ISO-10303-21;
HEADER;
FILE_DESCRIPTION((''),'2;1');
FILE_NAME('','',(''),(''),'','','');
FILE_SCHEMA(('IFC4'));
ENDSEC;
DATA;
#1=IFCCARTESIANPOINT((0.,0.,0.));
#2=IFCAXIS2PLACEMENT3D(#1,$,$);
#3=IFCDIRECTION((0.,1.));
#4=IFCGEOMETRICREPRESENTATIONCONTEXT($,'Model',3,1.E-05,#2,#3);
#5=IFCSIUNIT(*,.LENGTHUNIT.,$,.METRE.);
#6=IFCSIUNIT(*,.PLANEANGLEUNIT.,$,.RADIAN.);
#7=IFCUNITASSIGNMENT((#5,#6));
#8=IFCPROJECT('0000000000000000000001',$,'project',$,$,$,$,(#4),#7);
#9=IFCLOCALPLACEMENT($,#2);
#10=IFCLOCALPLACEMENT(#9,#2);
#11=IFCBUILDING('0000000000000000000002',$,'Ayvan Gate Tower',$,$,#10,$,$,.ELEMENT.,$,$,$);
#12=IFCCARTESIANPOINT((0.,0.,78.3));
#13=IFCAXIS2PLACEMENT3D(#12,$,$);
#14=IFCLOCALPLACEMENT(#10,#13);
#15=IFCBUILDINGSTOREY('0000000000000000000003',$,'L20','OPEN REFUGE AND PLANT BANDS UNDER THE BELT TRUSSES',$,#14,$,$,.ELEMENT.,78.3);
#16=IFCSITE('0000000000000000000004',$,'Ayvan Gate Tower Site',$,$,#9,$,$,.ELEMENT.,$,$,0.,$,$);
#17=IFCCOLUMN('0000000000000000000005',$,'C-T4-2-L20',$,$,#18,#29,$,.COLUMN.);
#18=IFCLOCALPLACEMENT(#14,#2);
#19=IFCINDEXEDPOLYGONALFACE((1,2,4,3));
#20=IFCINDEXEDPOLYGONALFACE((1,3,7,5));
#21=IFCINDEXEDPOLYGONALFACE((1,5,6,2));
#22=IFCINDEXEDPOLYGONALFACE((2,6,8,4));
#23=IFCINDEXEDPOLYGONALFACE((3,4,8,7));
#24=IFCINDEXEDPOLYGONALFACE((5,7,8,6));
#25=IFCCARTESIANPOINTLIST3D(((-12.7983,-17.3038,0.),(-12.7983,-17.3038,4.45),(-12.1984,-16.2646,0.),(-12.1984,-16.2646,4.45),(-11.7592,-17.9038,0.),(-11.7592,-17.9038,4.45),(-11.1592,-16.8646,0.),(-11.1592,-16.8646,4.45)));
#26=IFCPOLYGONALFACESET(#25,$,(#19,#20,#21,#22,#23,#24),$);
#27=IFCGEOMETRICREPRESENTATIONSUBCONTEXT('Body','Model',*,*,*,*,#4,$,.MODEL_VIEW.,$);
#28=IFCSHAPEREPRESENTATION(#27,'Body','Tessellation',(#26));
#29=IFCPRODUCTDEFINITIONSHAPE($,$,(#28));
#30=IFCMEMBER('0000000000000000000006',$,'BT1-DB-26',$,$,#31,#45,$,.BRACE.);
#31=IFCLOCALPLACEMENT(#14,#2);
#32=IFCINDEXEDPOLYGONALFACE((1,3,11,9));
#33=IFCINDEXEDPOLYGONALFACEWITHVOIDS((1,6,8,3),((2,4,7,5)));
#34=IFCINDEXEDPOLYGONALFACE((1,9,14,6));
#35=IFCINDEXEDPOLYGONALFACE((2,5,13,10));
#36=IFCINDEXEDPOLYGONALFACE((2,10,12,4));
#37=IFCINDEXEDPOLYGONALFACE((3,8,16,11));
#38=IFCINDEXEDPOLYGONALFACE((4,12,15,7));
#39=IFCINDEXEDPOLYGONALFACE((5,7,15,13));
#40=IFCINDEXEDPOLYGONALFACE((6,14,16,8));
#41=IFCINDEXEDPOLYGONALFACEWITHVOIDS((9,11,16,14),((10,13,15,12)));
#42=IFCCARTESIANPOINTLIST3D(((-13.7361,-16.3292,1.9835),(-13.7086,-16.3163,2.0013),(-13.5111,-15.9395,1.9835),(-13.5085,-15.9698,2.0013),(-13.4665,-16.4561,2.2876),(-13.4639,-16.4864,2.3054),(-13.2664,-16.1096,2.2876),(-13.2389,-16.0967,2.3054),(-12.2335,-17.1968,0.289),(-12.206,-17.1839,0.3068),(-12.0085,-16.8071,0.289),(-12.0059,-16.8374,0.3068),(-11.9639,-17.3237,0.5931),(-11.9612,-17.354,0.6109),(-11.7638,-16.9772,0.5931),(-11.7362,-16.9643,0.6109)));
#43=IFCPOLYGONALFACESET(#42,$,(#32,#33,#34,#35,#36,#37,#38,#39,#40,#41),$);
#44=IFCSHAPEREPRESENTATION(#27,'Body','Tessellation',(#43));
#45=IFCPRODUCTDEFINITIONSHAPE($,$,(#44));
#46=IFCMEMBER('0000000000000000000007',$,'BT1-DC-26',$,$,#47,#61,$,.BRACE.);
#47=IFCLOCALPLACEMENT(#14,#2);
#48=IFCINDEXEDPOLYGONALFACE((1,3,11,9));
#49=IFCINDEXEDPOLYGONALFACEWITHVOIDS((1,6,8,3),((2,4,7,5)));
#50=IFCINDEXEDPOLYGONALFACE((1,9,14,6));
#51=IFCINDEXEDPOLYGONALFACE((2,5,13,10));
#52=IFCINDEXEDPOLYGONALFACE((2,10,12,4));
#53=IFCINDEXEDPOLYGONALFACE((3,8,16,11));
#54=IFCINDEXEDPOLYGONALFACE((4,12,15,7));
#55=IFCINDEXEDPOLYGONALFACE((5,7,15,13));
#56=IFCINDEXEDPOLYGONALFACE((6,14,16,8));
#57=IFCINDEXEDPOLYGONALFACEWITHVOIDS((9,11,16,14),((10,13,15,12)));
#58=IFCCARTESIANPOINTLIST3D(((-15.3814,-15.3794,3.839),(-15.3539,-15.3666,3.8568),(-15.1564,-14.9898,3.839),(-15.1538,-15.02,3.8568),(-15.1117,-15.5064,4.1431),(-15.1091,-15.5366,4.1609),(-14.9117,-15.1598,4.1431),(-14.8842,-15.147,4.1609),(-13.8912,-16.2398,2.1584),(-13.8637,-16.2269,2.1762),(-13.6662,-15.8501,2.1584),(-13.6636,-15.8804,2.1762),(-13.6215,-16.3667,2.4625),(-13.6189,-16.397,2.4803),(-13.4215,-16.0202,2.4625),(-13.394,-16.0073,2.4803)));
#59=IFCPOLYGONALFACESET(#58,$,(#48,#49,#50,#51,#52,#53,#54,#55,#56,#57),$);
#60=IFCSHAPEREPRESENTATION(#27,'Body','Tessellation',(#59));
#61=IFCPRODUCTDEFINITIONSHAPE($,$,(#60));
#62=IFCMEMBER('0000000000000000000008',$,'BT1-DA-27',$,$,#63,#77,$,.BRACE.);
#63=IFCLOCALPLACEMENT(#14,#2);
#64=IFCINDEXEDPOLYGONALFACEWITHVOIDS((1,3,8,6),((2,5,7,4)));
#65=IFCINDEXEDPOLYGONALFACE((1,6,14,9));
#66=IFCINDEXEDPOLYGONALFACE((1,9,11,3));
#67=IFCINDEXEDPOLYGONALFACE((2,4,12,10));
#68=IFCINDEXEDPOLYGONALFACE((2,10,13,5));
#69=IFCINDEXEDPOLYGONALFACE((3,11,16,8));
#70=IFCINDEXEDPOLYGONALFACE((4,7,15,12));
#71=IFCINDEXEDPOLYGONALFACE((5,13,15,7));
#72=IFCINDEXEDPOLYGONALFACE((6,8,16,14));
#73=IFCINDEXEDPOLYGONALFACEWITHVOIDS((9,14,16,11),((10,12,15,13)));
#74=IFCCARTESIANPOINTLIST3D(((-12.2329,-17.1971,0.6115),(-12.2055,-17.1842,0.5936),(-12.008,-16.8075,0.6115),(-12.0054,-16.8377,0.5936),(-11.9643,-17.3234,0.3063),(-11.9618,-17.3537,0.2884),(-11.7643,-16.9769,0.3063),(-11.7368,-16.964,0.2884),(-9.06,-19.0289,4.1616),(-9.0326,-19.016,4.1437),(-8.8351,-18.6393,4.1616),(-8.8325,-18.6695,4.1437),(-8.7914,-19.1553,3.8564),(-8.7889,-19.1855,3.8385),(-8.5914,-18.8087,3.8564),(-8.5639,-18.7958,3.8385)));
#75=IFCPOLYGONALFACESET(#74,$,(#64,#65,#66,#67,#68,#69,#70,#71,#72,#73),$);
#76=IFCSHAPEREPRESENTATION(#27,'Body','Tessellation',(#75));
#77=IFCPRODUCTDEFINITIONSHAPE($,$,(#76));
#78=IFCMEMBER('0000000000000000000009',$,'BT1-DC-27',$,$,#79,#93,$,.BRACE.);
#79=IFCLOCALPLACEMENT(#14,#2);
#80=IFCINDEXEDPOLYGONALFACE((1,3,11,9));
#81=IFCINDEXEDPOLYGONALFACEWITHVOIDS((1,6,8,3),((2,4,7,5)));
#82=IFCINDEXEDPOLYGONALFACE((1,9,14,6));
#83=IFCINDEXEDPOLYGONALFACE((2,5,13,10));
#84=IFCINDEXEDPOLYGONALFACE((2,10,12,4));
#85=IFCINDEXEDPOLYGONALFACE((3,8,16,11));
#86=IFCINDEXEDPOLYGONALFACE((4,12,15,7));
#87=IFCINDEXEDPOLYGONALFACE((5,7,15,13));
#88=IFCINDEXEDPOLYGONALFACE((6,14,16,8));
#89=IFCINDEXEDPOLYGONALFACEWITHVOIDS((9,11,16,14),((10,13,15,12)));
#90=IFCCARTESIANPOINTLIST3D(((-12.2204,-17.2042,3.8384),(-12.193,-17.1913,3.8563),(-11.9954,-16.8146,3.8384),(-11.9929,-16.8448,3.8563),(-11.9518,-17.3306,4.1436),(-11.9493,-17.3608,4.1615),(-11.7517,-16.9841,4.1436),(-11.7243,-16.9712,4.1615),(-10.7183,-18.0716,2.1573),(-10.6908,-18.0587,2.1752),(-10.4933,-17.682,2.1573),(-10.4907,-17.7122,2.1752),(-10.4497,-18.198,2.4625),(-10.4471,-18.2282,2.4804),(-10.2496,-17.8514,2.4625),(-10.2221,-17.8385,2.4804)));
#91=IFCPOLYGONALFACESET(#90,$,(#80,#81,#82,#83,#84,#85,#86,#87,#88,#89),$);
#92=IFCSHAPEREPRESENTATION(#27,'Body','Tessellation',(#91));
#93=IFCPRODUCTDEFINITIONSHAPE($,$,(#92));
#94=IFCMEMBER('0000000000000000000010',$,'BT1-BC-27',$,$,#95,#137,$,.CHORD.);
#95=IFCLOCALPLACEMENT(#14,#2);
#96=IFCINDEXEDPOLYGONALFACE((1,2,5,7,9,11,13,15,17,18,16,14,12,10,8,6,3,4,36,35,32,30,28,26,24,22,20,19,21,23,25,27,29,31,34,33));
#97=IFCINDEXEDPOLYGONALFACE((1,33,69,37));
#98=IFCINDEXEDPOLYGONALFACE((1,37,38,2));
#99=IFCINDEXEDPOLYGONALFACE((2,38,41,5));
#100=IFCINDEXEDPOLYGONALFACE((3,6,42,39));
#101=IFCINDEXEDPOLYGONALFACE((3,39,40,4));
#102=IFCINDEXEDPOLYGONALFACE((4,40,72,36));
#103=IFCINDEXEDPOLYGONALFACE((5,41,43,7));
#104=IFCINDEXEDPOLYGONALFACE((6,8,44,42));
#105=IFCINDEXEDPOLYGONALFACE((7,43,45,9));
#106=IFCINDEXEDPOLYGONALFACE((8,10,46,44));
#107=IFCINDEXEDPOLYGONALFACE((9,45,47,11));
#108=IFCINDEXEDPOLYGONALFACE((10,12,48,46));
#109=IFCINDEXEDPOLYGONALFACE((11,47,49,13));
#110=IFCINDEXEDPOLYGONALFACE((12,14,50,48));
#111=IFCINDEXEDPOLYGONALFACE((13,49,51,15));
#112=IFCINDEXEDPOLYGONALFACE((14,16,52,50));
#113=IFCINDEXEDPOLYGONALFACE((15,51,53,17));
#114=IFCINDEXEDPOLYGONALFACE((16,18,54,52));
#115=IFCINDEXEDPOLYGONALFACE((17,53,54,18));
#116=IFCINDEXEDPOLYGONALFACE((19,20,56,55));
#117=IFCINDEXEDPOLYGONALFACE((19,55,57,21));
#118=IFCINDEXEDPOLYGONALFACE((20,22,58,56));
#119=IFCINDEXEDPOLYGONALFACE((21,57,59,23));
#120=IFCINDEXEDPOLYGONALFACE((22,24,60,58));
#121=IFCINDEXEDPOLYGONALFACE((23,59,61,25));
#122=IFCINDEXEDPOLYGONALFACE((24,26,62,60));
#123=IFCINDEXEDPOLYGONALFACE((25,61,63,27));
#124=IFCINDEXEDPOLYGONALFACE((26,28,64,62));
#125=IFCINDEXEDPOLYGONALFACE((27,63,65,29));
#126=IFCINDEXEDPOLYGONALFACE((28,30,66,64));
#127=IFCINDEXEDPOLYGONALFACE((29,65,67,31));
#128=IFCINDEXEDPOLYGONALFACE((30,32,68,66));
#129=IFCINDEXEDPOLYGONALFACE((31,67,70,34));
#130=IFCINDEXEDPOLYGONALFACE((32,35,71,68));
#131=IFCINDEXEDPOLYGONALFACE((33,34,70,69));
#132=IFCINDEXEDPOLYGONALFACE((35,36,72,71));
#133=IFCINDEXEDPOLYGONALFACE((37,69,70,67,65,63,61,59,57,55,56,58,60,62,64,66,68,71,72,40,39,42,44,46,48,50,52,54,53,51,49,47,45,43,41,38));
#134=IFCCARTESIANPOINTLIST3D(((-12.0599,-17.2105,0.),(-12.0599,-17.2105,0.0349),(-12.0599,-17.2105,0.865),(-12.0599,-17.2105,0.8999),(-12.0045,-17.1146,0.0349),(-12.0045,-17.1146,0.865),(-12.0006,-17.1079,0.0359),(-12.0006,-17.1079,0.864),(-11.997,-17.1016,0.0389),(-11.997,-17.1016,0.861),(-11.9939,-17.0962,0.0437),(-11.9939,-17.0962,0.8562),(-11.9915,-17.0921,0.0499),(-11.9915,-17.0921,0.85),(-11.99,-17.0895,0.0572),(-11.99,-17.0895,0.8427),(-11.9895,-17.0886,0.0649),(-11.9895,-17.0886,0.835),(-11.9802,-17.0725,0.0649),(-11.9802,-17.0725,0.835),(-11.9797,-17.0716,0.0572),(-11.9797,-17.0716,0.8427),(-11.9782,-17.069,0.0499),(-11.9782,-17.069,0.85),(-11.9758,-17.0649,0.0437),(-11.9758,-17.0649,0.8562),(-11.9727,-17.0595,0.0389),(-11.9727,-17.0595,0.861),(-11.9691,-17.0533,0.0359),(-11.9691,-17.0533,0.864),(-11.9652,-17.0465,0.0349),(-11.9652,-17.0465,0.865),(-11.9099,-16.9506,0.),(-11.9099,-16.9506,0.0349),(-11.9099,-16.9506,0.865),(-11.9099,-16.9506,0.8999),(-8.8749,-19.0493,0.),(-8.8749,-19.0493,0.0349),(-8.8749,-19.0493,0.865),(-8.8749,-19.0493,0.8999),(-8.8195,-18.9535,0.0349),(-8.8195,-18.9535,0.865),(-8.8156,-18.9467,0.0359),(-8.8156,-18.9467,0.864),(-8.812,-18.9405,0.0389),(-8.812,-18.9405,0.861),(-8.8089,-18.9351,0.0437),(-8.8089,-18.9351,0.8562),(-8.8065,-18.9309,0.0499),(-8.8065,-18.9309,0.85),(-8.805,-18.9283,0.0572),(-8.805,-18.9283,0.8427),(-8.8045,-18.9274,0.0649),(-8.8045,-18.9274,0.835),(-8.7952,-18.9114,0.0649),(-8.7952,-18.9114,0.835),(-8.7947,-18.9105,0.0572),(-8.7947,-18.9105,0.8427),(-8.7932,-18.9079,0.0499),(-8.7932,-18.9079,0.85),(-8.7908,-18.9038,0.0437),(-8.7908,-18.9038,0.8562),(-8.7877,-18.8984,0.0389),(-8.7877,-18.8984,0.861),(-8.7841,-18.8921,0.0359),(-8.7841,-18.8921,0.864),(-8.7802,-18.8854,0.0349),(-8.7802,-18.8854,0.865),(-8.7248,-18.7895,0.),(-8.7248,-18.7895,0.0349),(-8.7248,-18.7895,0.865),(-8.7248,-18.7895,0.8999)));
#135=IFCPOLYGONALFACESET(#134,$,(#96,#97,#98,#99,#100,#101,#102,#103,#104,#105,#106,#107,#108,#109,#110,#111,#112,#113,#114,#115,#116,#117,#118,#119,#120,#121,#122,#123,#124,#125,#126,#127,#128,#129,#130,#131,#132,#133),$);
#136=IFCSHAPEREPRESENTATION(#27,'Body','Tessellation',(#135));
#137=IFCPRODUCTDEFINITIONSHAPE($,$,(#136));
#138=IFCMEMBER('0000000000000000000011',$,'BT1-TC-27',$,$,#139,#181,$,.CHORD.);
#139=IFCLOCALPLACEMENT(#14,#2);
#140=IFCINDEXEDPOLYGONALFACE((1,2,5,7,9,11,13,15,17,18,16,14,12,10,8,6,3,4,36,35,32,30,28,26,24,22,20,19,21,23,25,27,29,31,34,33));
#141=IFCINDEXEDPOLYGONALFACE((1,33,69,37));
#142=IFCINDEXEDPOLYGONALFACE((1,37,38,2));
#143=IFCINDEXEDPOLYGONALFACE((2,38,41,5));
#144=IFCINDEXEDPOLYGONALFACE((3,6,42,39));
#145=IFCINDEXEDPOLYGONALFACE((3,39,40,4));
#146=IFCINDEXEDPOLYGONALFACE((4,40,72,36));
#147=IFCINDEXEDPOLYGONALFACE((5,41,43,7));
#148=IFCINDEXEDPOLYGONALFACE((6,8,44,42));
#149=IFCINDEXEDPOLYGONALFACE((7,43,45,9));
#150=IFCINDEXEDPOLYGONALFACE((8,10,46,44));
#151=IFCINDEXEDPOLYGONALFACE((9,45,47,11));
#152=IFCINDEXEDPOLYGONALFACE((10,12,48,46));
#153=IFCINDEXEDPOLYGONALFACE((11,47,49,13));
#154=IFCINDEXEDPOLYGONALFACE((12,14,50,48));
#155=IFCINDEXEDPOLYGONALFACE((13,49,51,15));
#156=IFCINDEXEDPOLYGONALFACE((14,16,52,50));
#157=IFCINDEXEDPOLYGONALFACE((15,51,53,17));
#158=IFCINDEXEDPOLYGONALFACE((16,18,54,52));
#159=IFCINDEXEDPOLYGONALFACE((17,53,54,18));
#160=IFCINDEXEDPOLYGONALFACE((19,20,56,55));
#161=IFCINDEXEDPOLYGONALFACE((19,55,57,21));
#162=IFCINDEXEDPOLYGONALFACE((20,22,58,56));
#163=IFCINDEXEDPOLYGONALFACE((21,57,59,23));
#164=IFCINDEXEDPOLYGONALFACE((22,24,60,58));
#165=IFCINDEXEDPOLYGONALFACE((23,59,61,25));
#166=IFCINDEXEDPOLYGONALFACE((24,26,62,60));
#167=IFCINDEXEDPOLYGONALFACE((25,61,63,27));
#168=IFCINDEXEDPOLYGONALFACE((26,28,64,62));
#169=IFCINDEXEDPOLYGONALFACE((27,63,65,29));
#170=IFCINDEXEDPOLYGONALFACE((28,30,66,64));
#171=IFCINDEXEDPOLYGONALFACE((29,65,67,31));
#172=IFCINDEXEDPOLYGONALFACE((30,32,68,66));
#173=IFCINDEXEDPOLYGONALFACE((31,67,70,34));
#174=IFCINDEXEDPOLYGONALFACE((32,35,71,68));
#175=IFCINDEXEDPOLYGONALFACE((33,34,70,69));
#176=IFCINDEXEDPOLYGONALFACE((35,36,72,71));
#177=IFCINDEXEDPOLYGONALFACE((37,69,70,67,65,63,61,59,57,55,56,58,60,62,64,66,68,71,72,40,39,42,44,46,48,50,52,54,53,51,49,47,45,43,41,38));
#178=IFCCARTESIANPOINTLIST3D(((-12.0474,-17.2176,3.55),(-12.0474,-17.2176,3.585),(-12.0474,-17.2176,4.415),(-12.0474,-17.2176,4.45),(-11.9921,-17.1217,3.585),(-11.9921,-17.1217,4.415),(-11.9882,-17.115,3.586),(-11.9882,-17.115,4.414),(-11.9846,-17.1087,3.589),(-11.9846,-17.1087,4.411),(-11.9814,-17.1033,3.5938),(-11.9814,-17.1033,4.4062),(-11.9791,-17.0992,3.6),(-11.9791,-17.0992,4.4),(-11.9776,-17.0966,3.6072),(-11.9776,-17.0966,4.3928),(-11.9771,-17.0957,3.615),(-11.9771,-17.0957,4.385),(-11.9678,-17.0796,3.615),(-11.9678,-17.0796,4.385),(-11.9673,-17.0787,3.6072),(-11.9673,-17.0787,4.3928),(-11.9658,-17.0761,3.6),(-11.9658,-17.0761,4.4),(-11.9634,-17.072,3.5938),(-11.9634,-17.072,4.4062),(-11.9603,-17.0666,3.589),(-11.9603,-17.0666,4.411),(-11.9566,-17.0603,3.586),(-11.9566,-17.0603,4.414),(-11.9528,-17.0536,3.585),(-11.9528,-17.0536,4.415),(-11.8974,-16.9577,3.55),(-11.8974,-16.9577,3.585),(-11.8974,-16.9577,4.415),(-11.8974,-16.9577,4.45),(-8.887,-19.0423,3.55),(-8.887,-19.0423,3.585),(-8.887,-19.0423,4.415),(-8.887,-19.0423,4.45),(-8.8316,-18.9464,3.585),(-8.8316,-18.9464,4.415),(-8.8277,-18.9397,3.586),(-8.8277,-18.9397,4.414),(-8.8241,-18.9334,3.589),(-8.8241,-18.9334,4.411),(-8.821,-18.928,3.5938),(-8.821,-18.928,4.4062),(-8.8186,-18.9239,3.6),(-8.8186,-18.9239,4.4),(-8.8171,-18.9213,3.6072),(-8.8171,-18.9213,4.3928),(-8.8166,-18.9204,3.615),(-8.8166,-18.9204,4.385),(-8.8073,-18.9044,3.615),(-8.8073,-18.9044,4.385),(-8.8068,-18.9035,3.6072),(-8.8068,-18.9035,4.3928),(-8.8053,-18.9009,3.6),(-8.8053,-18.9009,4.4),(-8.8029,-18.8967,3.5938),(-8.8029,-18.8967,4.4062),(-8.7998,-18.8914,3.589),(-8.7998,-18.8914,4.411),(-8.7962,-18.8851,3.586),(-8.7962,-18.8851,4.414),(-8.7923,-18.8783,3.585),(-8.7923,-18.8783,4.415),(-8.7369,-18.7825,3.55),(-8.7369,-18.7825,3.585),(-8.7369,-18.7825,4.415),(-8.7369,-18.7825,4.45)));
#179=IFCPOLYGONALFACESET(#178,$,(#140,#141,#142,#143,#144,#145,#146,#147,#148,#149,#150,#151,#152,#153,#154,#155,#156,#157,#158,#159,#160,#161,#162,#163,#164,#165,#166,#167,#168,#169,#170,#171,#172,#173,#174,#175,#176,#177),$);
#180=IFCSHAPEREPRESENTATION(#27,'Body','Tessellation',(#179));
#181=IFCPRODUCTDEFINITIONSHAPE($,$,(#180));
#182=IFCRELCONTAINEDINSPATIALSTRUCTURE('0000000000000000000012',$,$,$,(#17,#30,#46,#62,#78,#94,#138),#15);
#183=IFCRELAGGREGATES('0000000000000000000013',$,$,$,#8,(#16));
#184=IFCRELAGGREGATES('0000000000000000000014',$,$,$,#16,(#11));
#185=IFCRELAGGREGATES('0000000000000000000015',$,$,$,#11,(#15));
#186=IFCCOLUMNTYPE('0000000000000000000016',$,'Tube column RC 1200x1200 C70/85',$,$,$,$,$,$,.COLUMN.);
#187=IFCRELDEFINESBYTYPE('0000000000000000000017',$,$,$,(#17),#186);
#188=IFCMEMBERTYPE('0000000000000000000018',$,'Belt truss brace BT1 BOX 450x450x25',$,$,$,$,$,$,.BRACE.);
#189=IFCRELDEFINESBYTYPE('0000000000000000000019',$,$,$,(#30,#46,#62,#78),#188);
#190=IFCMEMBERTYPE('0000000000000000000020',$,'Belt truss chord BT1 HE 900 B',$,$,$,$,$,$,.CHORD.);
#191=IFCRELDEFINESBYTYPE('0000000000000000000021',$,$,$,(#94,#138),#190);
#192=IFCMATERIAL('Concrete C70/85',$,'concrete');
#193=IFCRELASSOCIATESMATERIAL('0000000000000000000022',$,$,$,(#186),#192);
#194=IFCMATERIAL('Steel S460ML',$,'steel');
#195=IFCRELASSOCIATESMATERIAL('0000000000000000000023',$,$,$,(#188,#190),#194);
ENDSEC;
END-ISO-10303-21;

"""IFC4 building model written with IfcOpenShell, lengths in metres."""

from ifc_helpers import new_model, si_unit, direction, frame, origin, origin_2d, place, context, subcontext, project, spatial, rectangle, hollow_rectangle, i_section, extrude, material, material_profile, profile_set, type_object, element, save


model = new_model("IFC4")

# Units and contexts
model_context = context("Model", 3, precision=1e-05, world=origin(), true_north=direction((0.0, 1.0)))
body_context = subcontext(model_context, "Body", "Model", "MODEL_VIEW")
ifc_project = project(units=[si_unit("LENGTHUNIT", "METRE"), si_unit("PLANEANGLEUNIT", "RADIAN")], contexts=[model_context])

# Site, building, storey
site_placement = place(None, origin())
site = spatial("IfcSite", under=ifc_project, at=site_placement, Name="Ayvan Gate Tower Site", CompositionType="ELEMENT", RefElevation=0.0)
building_placement = place(site_placement, origin())
building = spatial("IfcBuilding", under=site, at=building_placement, Name="Ayvan Gate Tower", CompositionType="ELEMENT")
storey_placement = place(building_placement, frame((0.0, 0.0, 78.3)))
storey = spatial("IfcBuildingStorey", under=building, at=storey_placement, Name="L20", Description="OPEN REFUGE AND PLANT BANDS UNDER THE BELT TRUSSES", CompositionType="ELEMENT", Elevation=78.3)

# Column
ifc_material_1 = material(Name="Concrete C70/85", Category="concrete")
ifc_material_profile_1 = material_profile(ifc_material_1, rectangle(XDim=1.2, YDim=1.2, at=origin_2d()), Name="RC 1200x1200")
ifc_profile_set_1 = profile_set([ifc_material_profile_1], Name="Concrete C70/85")
column_type = type_object("IfcColumnType", Name="Tube column RC 1200x1200 C70/85", PredefinedType="COLUMN", material=ifc_profile_set_1)
column_placement = place(storey_placement, frame((-11.9788, -17.0842, 0.0), z_axis=(0.0, 0.0, 1.0), x_axis=(-0.5, -0.866025, 0.0)))
element("IfcColumn", 1, at=column_placement, inside=storey, type_object=column_type, Name="C-T4-2-L20", PredefinedType="COLUMN", context=body_context, shape_type="SweptSolid", body=[
    extrude(rectangle(XDim=1.2, YDim=1.2, at=origin_2d()), origin(), (0.0, 0.0, 1.0), 4.45),
])

# Members
ifc_material_2 = material(Name="Steel S460ML", Category="steel")
ifc_material_profile_2 = material_profile(ifc_material_2, hollow_rectangle(XDim=0.45, YDim=0.45, WallThickness=0.0249, at=origin_2d()), Name="BOX 450x450x25")
ifc_profile_set_2 = profile_set([ifc_material_profile_2], Name="Steel S460ML")
member_type_1 = type_object("IfcMemberType", Name="Belt truss brace BT1 BOX 450x450x25", PredefinedType="BRACE", material=ifc_profile_set_2)
member_1_placement = place(storey_placement, frame((-11.9849, -17.0806, 0.45), z_axis=(-0.619564, 0.357747, 0.698683), x_axis=(-0.500043, -0.866, 0.0)))
element("IfcMember", 2, at=member_1_placement, inside=storey, type_object=member_type_1, Name="BT1-DB-26", PredefinedType="BRACE", context=body_context, shape_type="SweptSolid", body=[
    extrude(hollow_rectangle(XDim=0.45, YDim=0.45, WallThickness=0.0249, at=origin_2d()), origin(), (0.0, 0.0, 1.0), 2.4253),
])
member_2_placement = place(storey_placement, frame((-13.6426, -16.1235, 2.3193), z_axis=(-0.619554, 0.357685, 0.698724), x_axis=(-0.499984, -0.866034, 0.0)))
element("IfcMember", 3, at=member_2_placement, inside=storey, type_object=member_type_1, Name="BT1-DC-26", PredefinedType="BRACE", context=body_context, shape_type="SweptSolid", body=[
    extrude(hollow_rectangle(XDim=0.45, YDim=0.45, WallThickness=0.0249, at=origin_2d()), origin(), (0.0, 0.0, 1.0), 2.4053),
])
member_3_placement = place(storey_placement, frame((-11.9849, -17.0806, 0.45), z_axis=(0.621945, -0.359069, 0.695884), x_axis=(0.499988, 0.866032, 0.0)))
element("IfcMember", 4, at=member_3_placement, inside=storey, type_object=member_type_1, Name="BT1-DA-27", PredefinedType="BRACE", context=body_context, shape_type="SweptSolid", body=[
    extrude(hollow_rectangle(XDim=0.45, YDim=0.45, WallThickness=0.0249, at=origin_2d()), origin(), (0.0, 0.0, 1.0), 5.1016),
])
member_4_placement = place(storey_placement, frame((-10.4702, -17.9551, 2.3188), z_axis=(-0.621864, 0.35909, 0.695945), x_axis=(-0.50006, -0.865991, 0.0)))
element("IfcMember", 5, at=member_4_placement, inside=storey, type_object=member_type_1, Name="BT1-DC-27", PredefinedType="BRACE", context=body_context, shape_type="SweptSolid", body=[
    extrude(hollow_rectangle(XDim=0.45, YDim=0.45, WallThickness=0.0249, at=origin_2d()), origin(), (0.0, 0.0, 1.0), 2.4155),
])
ifc_material_profile_3 = material_profile(ifc_material_2, i_section(OverallWidth=0.3, OverallDepth=0.8999, WebThickness=0.0186, FlangeThickness=0.0349, FilletRadius=0.03, at=origin_2d()), Name="HE 900 B")
ifc_profile_set_3 = profile_set([ifc_material_profile_3], Name="Steel S460ML")
member_type_2 = type_object("IfcMemberType", Name="Belt truss chord BT1 HE 900 B", PredefinedType="CHORD", material=ifc_profile_set_3)
member_5_placement = place(storey_placement, frame((-11.9849, -17.0806, 0.45), z_axis=(0.866029, -0.499994, 0.0), x_axis=(0.499994, 0.866029, 0.0)))
element("IfcMember", 6, at=member_5_placement, inside=storey, type_object=member_type_2, Name="BT1-BC-27", PredefinedType="CHORD", context=body_context, shape_type="SweptSolid", body=[
    extrude(i_section(OverallWidth=0.3, OverallDepth=0.8999, WebThickness=0.0186, FlangeThickness=0.0349, FilletRadius=0.03, at=origin_2d()), origin(), (0.0, 0.0, 1.0), 3.6777),
])
member_6_placement = place(storey_placement, frame((-11.9724, -17.0876, 4.0), z_axis=(0.86602, -0.50001, 0.0), x_axis=(0.50001, 0.86602, 0.0)))
element("IfcMember", 7, at=member_6_placement, inside=storey, type_object=member_type_2, Name="BT1-TC-27", PredefinedType="CHORD", context=body_context, shape_type="SweptSolid", body=[
    extrude(i_section(OverallWidth=0.3, OverallDepth=0.8999, WebThickness=0.0186, FlangeThickness=0.0349, FilletRadius=0.03, at=origin_2d()), origin(), (0.0, 0.0, 1.0), 3.6494),
])

save(model, "model.ifc")
